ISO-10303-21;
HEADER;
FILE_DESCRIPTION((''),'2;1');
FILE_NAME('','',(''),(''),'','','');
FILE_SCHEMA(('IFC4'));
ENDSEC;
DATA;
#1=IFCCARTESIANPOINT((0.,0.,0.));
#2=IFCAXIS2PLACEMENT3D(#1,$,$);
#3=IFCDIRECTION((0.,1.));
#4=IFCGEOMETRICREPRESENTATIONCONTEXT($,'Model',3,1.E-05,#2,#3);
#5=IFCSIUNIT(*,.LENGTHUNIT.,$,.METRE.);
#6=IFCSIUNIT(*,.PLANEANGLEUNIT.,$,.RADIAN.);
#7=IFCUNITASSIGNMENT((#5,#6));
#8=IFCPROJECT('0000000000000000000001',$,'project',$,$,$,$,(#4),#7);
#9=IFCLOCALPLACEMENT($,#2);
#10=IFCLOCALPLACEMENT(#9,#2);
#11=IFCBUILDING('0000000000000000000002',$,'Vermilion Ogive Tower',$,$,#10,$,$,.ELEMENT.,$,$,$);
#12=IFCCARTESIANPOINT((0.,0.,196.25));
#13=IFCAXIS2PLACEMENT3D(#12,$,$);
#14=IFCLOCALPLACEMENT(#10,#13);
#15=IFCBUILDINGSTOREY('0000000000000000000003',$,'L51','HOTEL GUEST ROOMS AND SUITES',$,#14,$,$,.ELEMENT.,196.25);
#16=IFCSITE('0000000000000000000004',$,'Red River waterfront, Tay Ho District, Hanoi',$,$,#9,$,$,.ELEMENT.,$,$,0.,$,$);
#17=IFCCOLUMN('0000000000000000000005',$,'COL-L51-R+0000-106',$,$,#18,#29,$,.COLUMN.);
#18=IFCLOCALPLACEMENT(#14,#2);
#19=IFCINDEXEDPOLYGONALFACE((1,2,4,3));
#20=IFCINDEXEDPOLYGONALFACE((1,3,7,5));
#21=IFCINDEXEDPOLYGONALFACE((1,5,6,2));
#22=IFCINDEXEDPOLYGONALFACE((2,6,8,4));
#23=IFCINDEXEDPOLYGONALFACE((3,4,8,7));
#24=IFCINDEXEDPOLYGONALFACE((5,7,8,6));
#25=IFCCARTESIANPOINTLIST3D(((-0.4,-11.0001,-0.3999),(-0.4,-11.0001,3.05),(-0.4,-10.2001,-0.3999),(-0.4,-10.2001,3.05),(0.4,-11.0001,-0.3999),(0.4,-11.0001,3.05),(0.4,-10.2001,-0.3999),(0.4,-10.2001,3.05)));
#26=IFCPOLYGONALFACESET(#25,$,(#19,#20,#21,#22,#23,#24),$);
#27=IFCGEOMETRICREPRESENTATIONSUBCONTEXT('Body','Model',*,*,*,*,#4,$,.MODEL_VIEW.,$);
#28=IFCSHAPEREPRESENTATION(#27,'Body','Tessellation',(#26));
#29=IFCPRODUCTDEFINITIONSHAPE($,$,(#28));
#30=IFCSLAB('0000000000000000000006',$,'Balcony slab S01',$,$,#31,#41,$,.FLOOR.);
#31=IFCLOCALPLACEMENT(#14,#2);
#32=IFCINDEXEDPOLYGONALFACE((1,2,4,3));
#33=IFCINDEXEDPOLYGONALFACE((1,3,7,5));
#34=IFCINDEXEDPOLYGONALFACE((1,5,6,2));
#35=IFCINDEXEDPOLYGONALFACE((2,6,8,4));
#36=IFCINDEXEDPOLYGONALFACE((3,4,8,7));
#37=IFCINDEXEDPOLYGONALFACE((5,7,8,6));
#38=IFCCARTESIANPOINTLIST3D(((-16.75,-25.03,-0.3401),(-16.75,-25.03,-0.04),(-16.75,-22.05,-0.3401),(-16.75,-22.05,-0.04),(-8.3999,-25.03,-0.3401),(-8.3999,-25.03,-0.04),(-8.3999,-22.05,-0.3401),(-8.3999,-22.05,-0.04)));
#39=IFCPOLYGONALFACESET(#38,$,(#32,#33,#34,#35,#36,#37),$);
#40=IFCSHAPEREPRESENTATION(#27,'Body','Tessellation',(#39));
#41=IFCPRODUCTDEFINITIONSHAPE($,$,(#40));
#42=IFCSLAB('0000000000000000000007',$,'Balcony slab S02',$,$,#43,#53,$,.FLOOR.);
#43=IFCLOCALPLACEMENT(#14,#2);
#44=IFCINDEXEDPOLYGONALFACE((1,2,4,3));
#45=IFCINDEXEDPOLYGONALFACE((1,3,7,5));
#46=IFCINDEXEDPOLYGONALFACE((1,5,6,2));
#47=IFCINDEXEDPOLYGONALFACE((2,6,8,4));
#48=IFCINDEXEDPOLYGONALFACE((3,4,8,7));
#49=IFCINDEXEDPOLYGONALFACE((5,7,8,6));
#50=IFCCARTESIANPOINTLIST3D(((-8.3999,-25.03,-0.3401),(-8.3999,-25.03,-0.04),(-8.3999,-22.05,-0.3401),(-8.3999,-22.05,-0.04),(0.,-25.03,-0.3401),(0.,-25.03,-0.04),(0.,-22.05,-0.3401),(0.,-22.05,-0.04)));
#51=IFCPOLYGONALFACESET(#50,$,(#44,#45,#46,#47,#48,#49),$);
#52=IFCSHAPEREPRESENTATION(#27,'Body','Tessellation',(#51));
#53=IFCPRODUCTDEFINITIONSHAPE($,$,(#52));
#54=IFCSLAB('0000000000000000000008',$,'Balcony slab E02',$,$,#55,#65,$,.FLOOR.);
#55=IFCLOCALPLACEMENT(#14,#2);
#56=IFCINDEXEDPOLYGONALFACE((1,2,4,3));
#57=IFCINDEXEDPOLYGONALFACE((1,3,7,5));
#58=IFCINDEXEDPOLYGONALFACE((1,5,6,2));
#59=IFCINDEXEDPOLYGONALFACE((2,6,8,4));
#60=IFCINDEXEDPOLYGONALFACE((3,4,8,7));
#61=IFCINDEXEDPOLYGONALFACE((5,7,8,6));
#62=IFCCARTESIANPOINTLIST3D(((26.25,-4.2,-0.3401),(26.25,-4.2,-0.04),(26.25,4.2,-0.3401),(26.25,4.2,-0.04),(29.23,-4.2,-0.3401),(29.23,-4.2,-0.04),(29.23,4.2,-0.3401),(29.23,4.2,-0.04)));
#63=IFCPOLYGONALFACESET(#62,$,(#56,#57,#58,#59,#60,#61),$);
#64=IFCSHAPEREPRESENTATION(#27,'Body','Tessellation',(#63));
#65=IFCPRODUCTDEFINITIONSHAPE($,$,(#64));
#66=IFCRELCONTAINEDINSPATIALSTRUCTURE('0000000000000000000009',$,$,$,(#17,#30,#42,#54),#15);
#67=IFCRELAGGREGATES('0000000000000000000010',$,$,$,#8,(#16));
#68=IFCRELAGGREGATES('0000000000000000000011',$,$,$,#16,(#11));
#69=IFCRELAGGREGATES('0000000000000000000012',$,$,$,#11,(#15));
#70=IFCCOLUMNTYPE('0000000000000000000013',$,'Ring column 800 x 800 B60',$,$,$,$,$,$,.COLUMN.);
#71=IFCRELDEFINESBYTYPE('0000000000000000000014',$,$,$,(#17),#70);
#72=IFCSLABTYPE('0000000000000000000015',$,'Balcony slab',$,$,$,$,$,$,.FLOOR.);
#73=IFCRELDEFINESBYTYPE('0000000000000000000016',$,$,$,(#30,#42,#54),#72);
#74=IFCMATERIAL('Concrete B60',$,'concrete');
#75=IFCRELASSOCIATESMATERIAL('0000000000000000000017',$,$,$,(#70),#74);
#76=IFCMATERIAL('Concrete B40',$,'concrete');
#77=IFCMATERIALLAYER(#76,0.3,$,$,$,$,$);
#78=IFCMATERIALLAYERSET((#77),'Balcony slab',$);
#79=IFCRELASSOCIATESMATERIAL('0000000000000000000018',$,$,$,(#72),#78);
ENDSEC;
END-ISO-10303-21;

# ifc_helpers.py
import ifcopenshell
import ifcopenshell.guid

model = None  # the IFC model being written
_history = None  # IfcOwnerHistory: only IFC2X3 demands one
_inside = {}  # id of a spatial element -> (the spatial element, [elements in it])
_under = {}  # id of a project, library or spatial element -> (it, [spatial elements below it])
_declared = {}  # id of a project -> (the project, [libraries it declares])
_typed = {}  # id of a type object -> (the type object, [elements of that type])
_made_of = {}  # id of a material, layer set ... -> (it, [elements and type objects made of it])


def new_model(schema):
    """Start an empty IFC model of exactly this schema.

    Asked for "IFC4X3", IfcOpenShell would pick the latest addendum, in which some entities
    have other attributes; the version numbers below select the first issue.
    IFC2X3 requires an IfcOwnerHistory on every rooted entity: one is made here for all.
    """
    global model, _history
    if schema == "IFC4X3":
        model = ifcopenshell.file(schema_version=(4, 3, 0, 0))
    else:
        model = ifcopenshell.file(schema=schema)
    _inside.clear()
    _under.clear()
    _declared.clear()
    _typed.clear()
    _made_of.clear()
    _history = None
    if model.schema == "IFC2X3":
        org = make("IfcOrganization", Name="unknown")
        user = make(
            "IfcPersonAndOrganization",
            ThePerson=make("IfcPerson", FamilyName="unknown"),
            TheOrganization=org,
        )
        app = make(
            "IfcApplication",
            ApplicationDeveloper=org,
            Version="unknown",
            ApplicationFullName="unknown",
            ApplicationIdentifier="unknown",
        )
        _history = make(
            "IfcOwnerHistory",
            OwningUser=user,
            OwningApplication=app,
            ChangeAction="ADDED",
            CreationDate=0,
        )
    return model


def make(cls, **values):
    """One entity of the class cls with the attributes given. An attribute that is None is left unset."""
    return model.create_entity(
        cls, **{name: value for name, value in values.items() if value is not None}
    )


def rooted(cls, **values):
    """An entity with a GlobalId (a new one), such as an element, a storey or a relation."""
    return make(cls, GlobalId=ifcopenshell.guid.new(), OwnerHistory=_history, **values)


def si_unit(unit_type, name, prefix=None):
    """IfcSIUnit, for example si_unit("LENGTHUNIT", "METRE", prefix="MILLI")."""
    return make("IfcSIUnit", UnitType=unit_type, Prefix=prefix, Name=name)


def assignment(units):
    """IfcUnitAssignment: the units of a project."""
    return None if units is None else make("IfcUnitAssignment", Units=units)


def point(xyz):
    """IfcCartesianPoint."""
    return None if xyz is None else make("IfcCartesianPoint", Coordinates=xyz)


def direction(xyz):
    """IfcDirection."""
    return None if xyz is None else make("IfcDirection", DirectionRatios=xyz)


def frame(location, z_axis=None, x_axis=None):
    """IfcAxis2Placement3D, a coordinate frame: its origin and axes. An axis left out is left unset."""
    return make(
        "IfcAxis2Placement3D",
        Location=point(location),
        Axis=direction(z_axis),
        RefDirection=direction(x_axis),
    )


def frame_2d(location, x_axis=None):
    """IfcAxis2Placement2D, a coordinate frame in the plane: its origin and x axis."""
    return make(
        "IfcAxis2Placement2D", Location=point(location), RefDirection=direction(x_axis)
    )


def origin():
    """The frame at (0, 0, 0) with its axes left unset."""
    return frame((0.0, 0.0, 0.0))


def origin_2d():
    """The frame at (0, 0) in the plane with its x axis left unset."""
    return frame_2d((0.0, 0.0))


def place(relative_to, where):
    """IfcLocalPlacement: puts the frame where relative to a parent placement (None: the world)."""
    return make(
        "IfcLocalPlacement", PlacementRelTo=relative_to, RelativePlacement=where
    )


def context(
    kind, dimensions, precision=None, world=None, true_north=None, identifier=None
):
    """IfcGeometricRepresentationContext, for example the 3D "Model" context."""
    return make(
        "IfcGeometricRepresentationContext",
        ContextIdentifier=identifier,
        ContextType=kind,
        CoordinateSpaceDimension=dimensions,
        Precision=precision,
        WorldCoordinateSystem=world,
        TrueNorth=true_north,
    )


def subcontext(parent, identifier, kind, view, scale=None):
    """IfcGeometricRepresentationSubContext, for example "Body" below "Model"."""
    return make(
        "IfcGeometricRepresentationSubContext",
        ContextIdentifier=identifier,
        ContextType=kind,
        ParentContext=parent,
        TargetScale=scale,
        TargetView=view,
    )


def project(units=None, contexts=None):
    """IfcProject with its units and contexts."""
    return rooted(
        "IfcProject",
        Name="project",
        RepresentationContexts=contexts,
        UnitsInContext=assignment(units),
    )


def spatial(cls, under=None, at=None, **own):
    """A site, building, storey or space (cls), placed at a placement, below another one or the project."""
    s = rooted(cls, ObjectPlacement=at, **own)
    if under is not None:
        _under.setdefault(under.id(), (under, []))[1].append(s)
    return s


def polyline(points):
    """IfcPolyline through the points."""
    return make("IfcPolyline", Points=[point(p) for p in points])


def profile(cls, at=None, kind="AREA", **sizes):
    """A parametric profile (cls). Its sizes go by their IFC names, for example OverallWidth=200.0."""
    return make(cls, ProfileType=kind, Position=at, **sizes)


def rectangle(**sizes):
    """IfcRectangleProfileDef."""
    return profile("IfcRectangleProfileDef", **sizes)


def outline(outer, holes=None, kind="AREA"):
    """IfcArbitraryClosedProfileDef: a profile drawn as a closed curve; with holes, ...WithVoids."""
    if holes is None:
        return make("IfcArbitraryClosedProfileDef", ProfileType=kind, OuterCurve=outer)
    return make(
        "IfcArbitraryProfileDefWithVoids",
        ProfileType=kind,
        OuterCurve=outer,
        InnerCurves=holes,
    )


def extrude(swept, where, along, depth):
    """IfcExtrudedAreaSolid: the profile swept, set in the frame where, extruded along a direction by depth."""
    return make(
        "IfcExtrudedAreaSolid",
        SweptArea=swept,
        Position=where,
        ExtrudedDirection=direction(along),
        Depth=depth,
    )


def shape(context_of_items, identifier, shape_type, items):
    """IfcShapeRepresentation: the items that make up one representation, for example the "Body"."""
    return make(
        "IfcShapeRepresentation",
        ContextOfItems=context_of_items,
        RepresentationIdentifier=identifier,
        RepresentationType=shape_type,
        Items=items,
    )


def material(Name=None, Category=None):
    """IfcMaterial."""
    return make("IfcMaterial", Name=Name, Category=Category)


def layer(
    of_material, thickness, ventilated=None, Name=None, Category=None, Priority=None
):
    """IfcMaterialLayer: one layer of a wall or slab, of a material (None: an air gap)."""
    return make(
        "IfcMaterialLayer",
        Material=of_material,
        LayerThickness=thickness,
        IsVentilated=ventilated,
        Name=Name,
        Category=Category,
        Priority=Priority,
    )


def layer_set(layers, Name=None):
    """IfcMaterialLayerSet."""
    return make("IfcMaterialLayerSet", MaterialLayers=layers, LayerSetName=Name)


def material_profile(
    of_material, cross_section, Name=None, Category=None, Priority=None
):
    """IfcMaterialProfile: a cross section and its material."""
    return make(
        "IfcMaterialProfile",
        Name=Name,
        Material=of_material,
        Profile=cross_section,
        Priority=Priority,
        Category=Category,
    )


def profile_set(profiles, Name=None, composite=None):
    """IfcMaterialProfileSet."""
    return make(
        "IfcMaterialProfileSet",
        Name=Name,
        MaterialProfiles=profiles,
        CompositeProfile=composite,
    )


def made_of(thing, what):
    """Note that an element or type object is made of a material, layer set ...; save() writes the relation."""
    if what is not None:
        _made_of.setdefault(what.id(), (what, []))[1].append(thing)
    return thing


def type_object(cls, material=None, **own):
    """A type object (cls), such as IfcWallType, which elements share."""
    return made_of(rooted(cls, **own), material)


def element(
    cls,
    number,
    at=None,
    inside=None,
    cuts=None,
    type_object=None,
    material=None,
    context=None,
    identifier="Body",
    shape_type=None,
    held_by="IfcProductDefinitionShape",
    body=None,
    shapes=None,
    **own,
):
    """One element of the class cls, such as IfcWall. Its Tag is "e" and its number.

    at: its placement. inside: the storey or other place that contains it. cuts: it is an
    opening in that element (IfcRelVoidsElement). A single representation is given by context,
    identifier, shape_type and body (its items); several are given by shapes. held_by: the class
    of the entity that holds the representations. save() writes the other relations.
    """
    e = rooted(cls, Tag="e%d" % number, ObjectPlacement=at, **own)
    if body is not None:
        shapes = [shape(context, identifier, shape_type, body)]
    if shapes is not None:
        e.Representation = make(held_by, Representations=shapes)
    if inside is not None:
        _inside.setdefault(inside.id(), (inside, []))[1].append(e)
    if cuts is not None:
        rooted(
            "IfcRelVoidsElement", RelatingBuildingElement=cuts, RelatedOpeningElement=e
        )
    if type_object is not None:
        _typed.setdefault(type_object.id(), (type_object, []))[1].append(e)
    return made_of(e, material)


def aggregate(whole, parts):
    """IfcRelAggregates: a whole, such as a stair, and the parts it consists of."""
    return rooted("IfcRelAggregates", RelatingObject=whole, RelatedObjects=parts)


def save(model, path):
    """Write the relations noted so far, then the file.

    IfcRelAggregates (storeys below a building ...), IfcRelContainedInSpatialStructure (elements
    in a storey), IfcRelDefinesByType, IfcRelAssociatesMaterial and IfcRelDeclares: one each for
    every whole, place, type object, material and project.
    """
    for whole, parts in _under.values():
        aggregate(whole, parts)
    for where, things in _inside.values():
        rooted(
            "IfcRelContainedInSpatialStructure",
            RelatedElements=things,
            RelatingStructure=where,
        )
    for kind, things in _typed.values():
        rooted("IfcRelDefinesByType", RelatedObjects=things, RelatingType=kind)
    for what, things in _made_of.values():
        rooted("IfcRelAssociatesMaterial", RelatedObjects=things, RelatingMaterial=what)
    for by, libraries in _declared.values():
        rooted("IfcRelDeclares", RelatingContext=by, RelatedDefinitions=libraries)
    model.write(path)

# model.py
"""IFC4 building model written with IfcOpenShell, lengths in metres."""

from ifc_helpers import new_model, si_unit, direction, frame, origin, origin_2d, place, context, subcontext, project, spatial, polyline, rectangle, outline, extrude, material, layer, layer_set, material_profile, profile_set, type_object, element, save


model = new_model("IFC4")

# Units and contexts
model_context = context("Model", 3, precision=1e-05, world=origin(), true_north=direction((0.0, 1.0)))
body_context = subcontext(model_context, "Body", "Model", "MODEL_VIEW")
ifc_project = project(units=[si_unit("LENGTHUNIT", "METRE"), si_unit("PLANEANGLEUNIT", "RADIAN")], contexts=[model_context])

# Site, building, storey
site_placement = place(None, origin())
site = spatial("IfcSite", under=ifc_project, at=site_placement, Name="Red River waterfront, Tay Ho District, Hanoi", CompositionType="ELEMENT", RefElevation=0.0)
building_placement = place(site_placement, origin())
building = spatial("IfcBuilding", under=site, at=building_placement, Name="Vermilion Ogive Tower", CompositionType="ELEMENT")
storey_placement = place(building_placement, frame((0.0, 0.0, 196.25)))
storey = spatial("IfcBuildingStorey", under=building, at=storey_placement, Name="L51", Description="HOTEL GUEST ROOMS AND SUITES", CompositionType="ELEMENT", Elevation=196.25)

# Column
ifc_material_1 = material(Name="Concrete B60", Category="concrete")
ifc_material_profile = material_profile(ifc_material_1, rectangle(XDim=0.8, YDim=0.8, at=origin_2d()), Name="800 x 800")
ifc_profile_set = profile_set([ifc_material_profile], Name="Concrete B60")
column_type = type_object("IfcColumnType", Name="Ring column 800 x 800 B60", PredefinedType="COLUMN", material=ifc_profile_set)
column_placement = place(storey_placement, frame((0.0, -10.6001, -0.3999), z_axis=(0.0, 0.0, 1.0), x_axis=(1.0, 0.0, 0.0)))
element("IfcColumn", 1, at=column_placement, inside=storey, type_object=column_type, Name="COL-L51-R+0000-106", PredefinedType="COLUMN", context=body_context, shape_type="SweptSolid", body=[
    extrude(rectangle(XDim=0.8, YDim=0.8, at=origin_2d()), origin(), (0.0, 0.0, 1.0), 3.45),
])

# Slabs
ifc_material_2 = material(Name="Concrete B40", Category="concrete")
ifc_layer_1 = layer(ifc_material_2, 0.3)
ifc_layer_set_1 = layer_set([ifc_layer_1], Name="Balcony slab")
slab_type_1 = type_object("IfcSlabType", Name="Balcony slab", PredefinedType="FLOOR", material=ifc_layer_set_1)
slab_1_placement = place(storey_placement, frame((0.0, 0.0, -0.3401)))
element("IfcSlab", 2, at=slab_1_placement, inside=storey, type_object=slab_type_1, Name="Balcony slab S01", PredefinedType="FLOOR", context=body_context, shape_type="SweptSolid", body=[
    extrude(outline(polyline([(-16.75, -25.03), (-8.3999, -25.03), (-8.3999, -22.05), (-16.75, -22.05), (-16.75, -25.03)])), origin(), (0.0, 0.0, 1.0), 0.3),
])
slab_2_placement = place(storey_placement, frame((0.0, 0.0, -0.3401)))
element("IfcSlab", 3, at=slab_2_placement, inside=storey, type_object=slab_type_1, Name="Balcony slab S02", PredefinedType="FLOOR", context=body_context, shape_type="SweptSolid", body=[
    extrude(outline(polyline([(-8.3999, -25.03), (0.0, -25.03), (0.0, -22.05), (-8.3999, -22.05), (-8.3999, -25.03)])), origin(), (0.0, 0.0, 1.0), 0.3),
])
slab_3_placement = place(storey_placement, frame((0.0, 0.0, -0.3401)))
element("IfcSlab", 4, at=slab_3_placement, inside=storey, type_object=slab_type_1, Name="Balcony slab E02", PredefinedType="FLOOR", context=body_context, shape_type="SweptSolid", body=[
    extrude(outline(polyline([(29.23, -4.2), (29.23, 4.2), (26.25, 4.2), (26.25, -4.2), (29.23, -4.2)])), origin(), (0.0, 0.0, 1.0), 0.3),
])

save(model, "model.ifc")
